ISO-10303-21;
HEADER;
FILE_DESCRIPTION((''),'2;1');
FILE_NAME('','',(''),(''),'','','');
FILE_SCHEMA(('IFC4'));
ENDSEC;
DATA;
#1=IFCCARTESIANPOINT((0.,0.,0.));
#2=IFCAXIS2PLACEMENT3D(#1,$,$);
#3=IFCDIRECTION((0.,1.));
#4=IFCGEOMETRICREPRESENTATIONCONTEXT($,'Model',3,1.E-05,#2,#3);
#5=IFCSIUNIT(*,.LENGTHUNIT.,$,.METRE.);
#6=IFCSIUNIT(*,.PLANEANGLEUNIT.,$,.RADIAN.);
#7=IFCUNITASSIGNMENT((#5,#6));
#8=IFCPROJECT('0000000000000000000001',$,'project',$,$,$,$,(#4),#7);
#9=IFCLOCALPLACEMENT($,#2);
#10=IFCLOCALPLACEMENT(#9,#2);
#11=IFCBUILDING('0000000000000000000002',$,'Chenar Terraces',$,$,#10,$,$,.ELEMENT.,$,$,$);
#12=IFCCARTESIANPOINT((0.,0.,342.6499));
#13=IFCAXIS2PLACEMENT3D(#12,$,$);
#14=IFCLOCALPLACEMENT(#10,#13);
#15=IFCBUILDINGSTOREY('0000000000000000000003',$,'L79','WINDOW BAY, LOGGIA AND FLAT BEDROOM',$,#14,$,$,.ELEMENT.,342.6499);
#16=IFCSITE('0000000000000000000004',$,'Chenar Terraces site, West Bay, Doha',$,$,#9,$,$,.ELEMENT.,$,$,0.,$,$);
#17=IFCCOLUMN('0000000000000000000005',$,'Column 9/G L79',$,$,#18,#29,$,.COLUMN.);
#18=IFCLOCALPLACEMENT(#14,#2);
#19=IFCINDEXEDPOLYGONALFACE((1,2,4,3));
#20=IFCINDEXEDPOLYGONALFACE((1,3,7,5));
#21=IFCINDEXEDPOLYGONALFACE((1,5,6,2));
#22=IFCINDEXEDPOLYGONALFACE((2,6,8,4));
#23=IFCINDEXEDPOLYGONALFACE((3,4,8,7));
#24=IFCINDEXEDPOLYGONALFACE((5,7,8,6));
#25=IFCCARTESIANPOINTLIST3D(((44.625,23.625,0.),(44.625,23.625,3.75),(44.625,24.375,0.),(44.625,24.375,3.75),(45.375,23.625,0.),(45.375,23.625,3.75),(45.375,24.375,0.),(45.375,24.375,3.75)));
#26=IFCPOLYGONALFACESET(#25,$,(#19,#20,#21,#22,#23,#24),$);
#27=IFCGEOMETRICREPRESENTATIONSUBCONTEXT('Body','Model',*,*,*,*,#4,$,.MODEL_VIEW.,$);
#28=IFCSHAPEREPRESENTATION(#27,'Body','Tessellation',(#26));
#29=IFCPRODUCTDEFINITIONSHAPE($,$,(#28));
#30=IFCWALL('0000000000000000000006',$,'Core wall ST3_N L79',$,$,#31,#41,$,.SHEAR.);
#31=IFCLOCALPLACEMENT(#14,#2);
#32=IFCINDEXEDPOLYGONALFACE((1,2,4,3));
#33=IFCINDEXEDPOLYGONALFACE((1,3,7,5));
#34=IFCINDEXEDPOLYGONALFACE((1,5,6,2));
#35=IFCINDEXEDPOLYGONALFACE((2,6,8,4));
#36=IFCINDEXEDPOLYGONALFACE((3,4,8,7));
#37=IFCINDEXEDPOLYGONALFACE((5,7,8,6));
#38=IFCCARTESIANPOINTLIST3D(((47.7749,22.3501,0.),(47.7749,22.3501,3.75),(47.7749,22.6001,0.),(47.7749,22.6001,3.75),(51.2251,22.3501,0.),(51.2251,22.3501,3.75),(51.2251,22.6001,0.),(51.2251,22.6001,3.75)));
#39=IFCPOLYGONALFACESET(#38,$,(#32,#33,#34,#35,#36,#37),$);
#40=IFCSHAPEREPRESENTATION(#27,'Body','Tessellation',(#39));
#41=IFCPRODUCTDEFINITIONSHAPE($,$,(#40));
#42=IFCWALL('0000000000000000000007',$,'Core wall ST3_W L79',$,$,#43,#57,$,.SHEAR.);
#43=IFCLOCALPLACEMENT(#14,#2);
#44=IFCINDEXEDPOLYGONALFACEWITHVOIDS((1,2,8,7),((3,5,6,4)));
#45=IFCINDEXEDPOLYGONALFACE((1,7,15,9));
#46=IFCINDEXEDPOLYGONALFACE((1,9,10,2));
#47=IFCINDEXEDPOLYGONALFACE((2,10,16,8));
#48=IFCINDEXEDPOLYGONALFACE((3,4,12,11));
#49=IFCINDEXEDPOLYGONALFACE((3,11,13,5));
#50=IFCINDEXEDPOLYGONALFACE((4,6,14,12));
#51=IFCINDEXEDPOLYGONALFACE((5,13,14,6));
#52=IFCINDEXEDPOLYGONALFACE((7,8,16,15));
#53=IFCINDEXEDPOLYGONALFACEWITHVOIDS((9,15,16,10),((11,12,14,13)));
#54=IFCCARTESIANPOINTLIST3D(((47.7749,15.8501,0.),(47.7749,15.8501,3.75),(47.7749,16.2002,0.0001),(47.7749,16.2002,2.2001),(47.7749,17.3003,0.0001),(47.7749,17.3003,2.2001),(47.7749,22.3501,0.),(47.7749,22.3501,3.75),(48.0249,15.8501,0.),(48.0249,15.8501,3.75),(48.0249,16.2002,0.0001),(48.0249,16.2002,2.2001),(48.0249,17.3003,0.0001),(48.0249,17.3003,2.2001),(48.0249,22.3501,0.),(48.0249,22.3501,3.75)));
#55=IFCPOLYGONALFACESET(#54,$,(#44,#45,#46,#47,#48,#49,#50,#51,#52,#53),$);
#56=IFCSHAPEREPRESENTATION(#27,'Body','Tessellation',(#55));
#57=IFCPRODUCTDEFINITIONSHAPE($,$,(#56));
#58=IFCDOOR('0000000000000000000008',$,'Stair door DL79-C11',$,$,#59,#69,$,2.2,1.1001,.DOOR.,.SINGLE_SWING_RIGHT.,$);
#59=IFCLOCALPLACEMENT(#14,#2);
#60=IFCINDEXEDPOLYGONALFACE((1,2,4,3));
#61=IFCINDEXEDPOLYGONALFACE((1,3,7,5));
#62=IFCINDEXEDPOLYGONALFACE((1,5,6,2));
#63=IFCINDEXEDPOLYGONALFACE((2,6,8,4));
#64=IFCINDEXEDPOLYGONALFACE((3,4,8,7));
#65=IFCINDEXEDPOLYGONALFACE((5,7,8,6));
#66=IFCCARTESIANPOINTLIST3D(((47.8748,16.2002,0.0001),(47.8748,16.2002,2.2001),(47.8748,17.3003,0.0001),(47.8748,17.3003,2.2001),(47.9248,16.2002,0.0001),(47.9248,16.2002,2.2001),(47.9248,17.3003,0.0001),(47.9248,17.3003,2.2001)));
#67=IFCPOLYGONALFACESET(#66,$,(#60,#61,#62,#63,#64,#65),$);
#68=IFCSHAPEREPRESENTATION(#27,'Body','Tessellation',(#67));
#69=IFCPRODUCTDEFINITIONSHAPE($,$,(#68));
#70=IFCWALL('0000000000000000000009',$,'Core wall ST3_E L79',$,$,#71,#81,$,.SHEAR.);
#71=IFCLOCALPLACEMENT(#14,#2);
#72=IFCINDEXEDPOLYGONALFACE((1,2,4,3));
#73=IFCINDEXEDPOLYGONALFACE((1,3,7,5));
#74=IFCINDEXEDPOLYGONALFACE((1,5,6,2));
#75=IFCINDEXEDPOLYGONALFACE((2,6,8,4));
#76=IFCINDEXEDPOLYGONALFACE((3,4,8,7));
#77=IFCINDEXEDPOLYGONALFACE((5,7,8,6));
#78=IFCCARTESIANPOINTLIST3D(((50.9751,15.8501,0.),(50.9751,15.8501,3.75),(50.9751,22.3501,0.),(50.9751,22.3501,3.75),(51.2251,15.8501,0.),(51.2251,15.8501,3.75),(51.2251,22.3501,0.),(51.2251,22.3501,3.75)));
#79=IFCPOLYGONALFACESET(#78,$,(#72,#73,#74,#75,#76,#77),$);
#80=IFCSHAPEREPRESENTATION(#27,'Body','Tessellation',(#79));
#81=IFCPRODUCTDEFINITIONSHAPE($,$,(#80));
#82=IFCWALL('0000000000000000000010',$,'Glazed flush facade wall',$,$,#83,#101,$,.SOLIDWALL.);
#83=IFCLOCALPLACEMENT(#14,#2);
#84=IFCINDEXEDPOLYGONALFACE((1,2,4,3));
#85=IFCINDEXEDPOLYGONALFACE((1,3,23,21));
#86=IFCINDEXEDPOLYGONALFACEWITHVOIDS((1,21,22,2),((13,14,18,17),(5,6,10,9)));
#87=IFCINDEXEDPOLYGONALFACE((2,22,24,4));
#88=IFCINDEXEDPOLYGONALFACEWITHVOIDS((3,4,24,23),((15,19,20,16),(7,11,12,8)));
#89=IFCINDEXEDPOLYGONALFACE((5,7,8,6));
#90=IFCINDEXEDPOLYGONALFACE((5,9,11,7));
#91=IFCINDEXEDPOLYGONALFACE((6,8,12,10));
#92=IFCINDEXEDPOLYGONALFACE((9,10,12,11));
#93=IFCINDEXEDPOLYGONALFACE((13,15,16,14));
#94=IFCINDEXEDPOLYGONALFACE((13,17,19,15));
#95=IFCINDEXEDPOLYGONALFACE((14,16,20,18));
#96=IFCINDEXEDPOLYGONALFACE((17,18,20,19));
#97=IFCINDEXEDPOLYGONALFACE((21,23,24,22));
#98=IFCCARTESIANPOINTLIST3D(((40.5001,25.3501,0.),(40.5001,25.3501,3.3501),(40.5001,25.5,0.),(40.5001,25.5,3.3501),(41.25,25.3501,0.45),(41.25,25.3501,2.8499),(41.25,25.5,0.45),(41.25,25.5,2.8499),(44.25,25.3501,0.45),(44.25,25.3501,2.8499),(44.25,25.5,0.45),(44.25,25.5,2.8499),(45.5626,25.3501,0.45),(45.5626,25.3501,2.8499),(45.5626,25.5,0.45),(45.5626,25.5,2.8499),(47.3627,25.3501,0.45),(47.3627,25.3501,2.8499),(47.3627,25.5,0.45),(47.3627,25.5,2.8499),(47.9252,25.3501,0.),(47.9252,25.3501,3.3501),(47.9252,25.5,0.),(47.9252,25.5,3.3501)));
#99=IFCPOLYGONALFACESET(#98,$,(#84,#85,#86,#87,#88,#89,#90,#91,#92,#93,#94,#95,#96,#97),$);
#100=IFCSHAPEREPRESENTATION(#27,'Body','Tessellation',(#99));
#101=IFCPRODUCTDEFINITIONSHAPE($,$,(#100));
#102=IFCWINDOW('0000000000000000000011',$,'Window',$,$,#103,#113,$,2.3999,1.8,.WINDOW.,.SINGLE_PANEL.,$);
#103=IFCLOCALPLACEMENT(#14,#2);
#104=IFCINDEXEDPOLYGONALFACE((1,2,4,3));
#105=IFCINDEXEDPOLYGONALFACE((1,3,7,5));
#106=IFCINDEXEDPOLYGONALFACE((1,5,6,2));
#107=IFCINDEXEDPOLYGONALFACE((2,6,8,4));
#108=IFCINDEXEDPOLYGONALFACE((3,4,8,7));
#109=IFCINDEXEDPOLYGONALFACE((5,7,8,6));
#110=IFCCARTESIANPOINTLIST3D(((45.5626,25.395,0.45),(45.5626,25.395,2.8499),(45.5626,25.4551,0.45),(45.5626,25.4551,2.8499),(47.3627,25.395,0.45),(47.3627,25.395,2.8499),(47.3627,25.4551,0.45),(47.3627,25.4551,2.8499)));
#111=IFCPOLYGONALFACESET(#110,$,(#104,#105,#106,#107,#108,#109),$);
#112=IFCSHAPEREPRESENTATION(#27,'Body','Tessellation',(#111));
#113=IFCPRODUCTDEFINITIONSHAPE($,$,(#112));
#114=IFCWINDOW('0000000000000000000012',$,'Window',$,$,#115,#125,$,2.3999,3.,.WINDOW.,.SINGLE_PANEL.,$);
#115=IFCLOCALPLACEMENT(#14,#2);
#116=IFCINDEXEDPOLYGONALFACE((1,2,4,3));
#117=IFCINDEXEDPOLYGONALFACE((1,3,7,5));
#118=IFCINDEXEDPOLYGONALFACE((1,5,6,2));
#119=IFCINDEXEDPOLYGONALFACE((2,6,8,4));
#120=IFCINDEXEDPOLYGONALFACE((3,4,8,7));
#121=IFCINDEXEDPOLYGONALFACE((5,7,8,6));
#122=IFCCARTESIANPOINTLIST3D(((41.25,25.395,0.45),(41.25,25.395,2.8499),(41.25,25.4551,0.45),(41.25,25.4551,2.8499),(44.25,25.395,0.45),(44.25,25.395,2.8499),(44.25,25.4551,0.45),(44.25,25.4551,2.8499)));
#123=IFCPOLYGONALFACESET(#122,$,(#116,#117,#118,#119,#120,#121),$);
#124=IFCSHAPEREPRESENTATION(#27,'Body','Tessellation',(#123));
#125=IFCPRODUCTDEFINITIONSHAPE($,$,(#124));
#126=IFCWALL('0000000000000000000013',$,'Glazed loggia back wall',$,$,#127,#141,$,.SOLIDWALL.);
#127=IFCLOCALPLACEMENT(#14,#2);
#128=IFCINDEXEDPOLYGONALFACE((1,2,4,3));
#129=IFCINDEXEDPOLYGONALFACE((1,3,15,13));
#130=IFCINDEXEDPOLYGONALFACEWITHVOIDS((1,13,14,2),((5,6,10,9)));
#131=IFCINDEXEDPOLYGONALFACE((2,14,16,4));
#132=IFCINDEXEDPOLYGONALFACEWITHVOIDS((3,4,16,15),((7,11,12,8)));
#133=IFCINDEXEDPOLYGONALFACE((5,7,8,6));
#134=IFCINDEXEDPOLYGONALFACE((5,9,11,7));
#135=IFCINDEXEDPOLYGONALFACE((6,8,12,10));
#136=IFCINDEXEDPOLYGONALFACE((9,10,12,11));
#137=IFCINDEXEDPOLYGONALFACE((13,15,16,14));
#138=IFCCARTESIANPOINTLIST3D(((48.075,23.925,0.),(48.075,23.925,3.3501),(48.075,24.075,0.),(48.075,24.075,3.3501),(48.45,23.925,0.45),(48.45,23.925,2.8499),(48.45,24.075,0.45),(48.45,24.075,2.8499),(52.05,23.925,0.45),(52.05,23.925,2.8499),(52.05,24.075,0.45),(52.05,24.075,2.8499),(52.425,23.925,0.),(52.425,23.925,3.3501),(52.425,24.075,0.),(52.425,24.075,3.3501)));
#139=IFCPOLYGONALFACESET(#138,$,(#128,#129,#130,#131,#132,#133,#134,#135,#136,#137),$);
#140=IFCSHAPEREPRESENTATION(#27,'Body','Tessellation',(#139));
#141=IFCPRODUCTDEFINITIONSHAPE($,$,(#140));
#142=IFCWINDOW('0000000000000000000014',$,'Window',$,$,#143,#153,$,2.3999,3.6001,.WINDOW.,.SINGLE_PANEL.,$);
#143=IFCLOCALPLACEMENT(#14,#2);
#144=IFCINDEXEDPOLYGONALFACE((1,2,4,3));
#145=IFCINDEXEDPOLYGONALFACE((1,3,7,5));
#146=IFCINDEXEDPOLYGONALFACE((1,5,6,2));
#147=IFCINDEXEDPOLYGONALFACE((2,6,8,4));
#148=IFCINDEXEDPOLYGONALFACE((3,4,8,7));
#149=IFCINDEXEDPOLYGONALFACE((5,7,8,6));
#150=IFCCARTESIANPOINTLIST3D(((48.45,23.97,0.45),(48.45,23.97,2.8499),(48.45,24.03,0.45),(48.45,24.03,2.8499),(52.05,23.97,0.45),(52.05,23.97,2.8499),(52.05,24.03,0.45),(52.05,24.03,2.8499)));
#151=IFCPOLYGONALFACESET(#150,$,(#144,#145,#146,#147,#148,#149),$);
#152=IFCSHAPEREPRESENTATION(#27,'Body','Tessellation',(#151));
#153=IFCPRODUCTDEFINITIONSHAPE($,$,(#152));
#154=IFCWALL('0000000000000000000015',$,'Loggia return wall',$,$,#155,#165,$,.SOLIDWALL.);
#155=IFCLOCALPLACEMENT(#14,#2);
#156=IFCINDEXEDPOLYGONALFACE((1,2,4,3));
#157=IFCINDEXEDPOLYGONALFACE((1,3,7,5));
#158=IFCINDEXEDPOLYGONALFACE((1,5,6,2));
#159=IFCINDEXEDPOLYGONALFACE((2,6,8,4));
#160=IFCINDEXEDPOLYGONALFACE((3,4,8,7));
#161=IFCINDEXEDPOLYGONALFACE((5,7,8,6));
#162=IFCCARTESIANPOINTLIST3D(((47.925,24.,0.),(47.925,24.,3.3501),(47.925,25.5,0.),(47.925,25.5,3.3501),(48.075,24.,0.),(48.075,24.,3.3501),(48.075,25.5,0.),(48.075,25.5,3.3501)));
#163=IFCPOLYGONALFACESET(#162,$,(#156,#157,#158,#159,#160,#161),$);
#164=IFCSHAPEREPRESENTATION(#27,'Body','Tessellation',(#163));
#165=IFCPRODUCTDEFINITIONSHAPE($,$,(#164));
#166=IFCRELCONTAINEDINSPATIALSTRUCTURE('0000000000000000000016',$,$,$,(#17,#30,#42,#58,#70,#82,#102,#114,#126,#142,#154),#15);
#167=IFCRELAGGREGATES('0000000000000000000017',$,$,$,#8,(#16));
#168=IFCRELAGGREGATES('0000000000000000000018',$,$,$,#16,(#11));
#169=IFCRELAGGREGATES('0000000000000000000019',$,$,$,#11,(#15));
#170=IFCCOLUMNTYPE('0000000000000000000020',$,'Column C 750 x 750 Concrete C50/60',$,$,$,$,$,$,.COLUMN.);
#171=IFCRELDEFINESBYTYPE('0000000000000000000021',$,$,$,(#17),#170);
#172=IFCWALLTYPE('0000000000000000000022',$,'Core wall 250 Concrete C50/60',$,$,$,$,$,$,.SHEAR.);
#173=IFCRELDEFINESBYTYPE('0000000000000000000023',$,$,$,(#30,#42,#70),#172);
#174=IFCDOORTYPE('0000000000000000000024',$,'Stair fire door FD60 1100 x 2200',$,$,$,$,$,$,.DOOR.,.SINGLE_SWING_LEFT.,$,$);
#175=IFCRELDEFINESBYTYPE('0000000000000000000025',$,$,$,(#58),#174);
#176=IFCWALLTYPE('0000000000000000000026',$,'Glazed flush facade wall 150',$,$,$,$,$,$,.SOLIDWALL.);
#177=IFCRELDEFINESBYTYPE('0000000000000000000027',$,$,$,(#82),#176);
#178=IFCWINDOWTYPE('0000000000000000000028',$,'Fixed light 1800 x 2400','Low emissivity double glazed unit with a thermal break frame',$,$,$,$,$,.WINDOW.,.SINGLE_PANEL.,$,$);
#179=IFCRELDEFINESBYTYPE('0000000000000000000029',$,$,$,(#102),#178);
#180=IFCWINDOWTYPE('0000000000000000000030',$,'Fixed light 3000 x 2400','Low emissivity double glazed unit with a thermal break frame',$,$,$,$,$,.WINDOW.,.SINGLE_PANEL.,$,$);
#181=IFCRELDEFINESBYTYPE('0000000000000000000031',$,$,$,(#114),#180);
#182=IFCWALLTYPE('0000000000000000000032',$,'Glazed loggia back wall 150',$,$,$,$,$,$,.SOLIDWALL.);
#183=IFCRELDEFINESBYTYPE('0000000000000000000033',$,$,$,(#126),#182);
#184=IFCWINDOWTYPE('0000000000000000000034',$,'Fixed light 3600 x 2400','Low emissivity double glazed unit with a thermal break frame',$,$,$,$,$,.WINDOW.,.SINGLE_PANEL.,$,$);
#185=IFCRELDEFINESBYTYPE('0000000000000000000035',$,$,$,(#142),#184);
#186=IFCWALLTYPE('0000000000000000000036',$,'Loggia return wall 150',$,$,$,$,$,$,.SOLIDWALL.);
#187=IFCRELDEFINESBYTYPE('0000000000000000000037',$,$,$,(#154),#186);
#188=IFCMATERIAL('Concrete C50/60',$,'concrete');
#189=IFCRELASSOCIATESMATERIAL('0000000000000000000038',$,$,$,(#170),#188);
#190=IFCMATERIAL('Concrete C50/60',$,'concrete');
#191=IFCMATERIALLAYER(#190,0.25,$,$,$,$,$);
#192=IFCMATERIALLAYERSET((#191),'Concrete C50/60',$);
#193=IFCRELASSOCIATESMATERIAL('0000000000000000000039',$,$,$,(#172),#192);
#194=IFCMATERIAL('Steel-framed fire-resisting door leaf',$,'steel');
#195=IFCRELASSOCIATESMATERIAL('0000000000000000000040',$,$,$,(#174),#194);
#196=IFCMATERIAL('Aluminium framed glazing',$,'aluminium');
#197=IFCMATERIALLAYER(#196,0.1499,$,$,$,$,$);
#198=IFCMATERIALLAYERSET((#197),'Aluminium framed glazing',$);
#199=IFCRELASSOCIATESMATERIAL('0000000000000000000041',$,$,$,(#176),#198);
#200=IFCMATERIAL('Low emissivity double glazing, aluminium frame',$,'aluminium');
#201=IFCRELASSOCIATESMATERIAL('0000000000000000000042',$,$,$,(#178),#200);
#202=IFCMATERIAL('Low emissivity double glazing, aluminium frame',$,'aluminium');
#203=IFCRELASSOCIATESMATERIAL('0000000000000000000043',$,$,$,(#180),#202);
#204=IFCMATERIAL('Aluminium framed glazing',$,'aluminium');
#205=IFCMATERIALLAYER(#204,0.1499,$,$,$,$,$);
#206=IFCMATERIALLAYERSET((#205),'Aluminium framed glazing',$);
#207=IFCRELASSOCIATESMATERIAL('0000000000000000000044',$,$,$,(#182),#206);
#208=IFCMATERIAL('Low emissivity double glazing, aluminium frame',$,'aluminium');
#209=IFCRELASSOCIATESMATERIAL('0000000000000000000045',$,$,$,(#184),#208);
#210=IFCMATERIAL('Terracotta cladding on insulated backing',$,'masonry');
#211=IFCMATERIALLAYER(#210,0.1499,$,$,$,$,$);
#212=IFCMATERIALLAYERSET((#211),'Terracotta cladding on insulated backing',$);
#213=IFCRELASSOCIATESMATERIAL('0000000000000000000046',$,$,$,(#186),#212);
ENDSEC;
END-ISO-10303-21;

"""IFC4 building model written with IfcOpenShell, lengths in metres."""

from ifc_helpers import new_model, si_unit, direction, frame, frame_2d, origin, origin_2d, place, context, subcontext, project, spatial, rectangle, extrude, material, layer, layer_set, material_profile, profile_set, type_object, element, fill, save


model = new_model("IFC4")

# Units and contexts
model_context = context("Model", 3, precision=1e-05, world=origin(), true_north=direction((0.0, 1.0)))
body_context = subcontext(model_context, "Body", "Model", "MODEL_VIEW")
ifc_project = project(units=[si_unit("LENGTHUNIT", "METRE"), si_unit("PLANEANGLEUNIT", "RADIAN")], contexts=[model_context])

# Site, building, storey
site_placement = place(None, origin())
site = spatial("IfcSite", under=ifc_project, at=site_placement, Name="Chenar Terraces site, West Bay, Doha", CompositionType="ELEMENT", RefElevation=0.0)
building_placement = place(site_placement, origin())
building = spatial("IfcBuilding", under=site, at=building_placement, Name="Chenar Terraces", CompositionType="ELEMENT")
storey_placement = place(building_placement, frame((0.0, 0.0, 342.6499)))
storey = spatial("IfcBuildingStorey", under=building, at=storey_placement, Name="L79", Description="WINDOW BAY, LOGGIA AND FLAT BEDROOM", CompositionType="ELEMENT", Elevation=342.6499)

# Column
ifc_material_1 = material(Name="Concrete C50/60", Category="concrete")
ifc_material_profile = material_profile(ifc_material_1, rectangle(XDim=0.75, YDim=0.75, at=origin_2d()), Name="C 750 x 750")
ifc_profile_set = profile_set([ifc_material_profile], Name="Concrete C50/60")
column_type = type_object("IfcColumnType", Name="Column C 750 x 750 Concrete C50/60", PredefinedType="COLUMN", material=ifc_profile_set)
column_placement = place(storey_placement, frame((45.0, 24.0, 0.0), z_axis=(0.0, 0.0, 1.0), x_axis=(1.0, 0.0, 0.0)))
element("IfcColumn", 1, at=column_placement, inside=storey, type_object=column_type, Name="Column 9/G L79", PredefinedType="COLUMN", context=body_context, shape_type="SweptSolid", body=[
    extrude(rectangle(XDim=0.75, YDim=0.75, at=origin_2d()), origin(), (0.0, 0.0, 1.0), 3.75),
])

# Wall
ifc_material_2 = material(Name="Concrete C50/60", Category="concrete")
ifc_layer_1 = layer(ifc_material_2, 0.25)
ifc_layer_set_1 = layer_set([ifc_layer_1], Name="Concrete C50/60")
wall_type_1 = type_object("IfcWallType", Name="Core wall 250 Concrete C50/60", PredefinedType="SHEAR", material=ifc_layer_set_1)
wall_1_placement = place(storey_placement, frame((47.7749, 22.4751, 0.0), z_axis=(0.0, 0.0, 1.0), x_axis=(1.0, 0.0, 0.0)))
element("IfcWall", 2, at=wall_1_placement, inside=storey, type_object=wall_type_1, Name="Core wall ST3_N L79", PredefinedType="SHEAR", context=body_context, shape_type="SweptSolid", body=[
    extrude(rectangle(XDim=3.4502, YDim=0.25, at=frame_2d((1.7251, 0.0))), origin(), (0.0, 0.0, 1.0), 3.75),
])

# Wall, opening, door
wall_2_placement = place(storey_placement, frame((47.8999, 15.8501, 0.0), z_axis=(0.0, 0.0, 1.0), x_axis=(0.0, 1.0, 0.0)))
wall_2 = element("IfcWall", 3, at=wall_2_placement, inside=storey, type_object=wall_type_1, Name="Core wall ST3_W L79", PredefinedType="SHEAR", context=body_context, shape_type="SweptSolid", body=[
    extrude(rectangle(XDim=6.5, YDim=0.25, at=frame_2d((3.25, 0.0))), origin(), (0.0, 0.0, 1.0), 3.75),
])
opening_1_placement = place(wall_2_placement, frame((0.3501, 0.0, 0.0)))
opening_1 = element("IfcOpeningElement", 4, at=opening_1_placement, cuts=wall_2, PredefinedType="OPENING", context=body_context, shape_type="SweptSolid", body=[
    extrude(rectangle(XDim=1.1001, YDim=2.2, at=frame_2d((0.55, 1.1001))), frame((0.0, 0.135, 0.0), z_axis=(0.0, -1.0, 0.0), x_axis=(1.0, 0.0, 0.0)), (0.0, 0.0, 1.0), 0.27),
])
ifc_material_3 = material(Name="Steel-framed fire-resisting door leaf", Category="steel")
door_type = type_object("IfcDoorType", Name="Stair fire door FD60 1100 x 2200", OperationType="SINGLE_SWING_LEFT", PredefinedType="DOOR", material=ifc_material_3)
door_placement = place(opening_1_placement, frame((1.1001, 0.0, 0.0), z_axis=(0.0, 0.0, 1.0), x_axis=(-1.0, 0.0, 0.0)))
door = element("IfcDoor", 5, at=door_placement, inside=storey, type_object=door_type, Name="Stair door DL79-C11", OperationType="SINGLE_SWING_RIGHT", OverallHeight=2.2, OverallWidth=1.1001, PredefinedType="DOOR", context=body_context, shape_type="SweptSolid", body=[
    extrude(rectangle(XDim=1.1001, YDim=2.2, at=frame_2d((0.55, 1.1001))), frame((0.0, 0.0249, 0.0), z_axis=(0.0, -1.0, 0.0), x_axis=(1.0, 0.0, 0.0)), (0.0, 0.0, 1.0), 0.05),
])
fill(opening_1, door)

# Wall
wall_3_placement = place(storey_placement, frame((51.1001, 15.8501, 0.0), z_axis=(0.0, 0.0, 1.0), x_axis=(0.0, 1.0, 0.0)))
element("IfcWall", 6, at=wall_3_placement, inside=storey, type_object=wall_type_1, Name="Core wall ST3_E L79", PredefinedType="SHEAR", context=body_context, shape_type="SweptSolid", body=[
    extrude(rectangle(XDim=6.5, YDim=0.25, at=frame_2d((3.25, 0.0))), origin(), (0.0, 0.0, 1.0), 3.75),
])

# Wall, openings, windows
ifc_material_4 = material(Name="Aluminium framed glazing", Category="aluminium")
ifc_layer_2 = layer(ifc_material_4, 0.1499)
ifc_layer_set_2 = layer_set([ifc_layer_2], Name="Aluminium framed glazing")
wall_type_2 = type_object("IfcWallType", Name="Glazed flush facade wall 150", PredefinedType="SOLIDWALL", material=ifc_layer_set_2)
wall_4_placement = place(storey_placement, frame((47.925, 25.425, 0.0), z_axis=(0.0, 0.0, 1.0), x_axis=(-1.0, 0.0, 0.0)))
wall_4 = element("IfcWall", 7, at=wall_4_placement, inside=storey, type_object=wall_type_2, Name="Glazed flush facade wall", PredefinedType="SOLIDWALL", context=body_context, shape_type="SweptSolid", body=[
    extrude(rectangle(XDim=7.425, YDim=0.1499, at=frame_2d((3.7124, 0.0))), origin(), (0.0, 0.0, 1.0), 3.3501),
])
opening_2_placement = place(wall_4_placement, frame((0.5625, 0.0, 0.45)))
opening_2 = element("IfcOpeningElement", 8, at=opening_2_placement, cuts=wall_4, PredefinedType="OPENING", context=body_context, shape_type="SweptSolid", body=[
    extrude(rectangle(XDim=1.8, YDim=2.3999, at=frame_2d((0.8999, 1.2))), frame((0.0, 0.085, 0.0), z_axis=(0.0, -1.0, 0.0), x_axis=(1.0, 0.0, 0.0)), (0.0, 0.0, 1.0), 0.1699),
])
opening_3_placement = place(wall_4_placement, frame((3.675, 0.0, 0.45)))
opening_3 = element("IfcOpeningElement", 9, at=opening_3_placement, cuts=wall_4, PredefinedType="OPENING", context=body_context, shape_type="SweptSolid", body=[
    extrude(rectangle(XDim=3.0, YDim=2.3999, at=frame_2d((1.5, 1.2))), frame((0.0, 0.085, 0.0), z_axis=(0.0, -1.0, 0.0), x_axis=(1.0, 0.0, 0.0)), (0.0, 0.0, 1.0), 0.1699),
])
ifc_material_5 = material(Name="Low emissivity double glazing, aluminium frame", Category="aluminium")
window_type_1 = type_object("IfcWindowType", Name="Fixed light 1800 x 2400", Description="Low emissivity double glazed unit with a thermal break frame", PartitioningType="SINGLE_PANEL", PredefinedType="WINDOW", material=ifc_material_5)
window_1_placement = place(opening_2_placement, origin())
window_1 = element("IfcWindow", 10, at=window_1_placement, inside=storey, type_object=window_type_1, Name="Window", OverallHeight=2.3999, OverallWidth=1.8, PartitioningType="SINGLE_PANEL", PredefinedType="WINDOW", context=body_context, shape_type="SweptSolid", body=[
    extrude(rectangle(XDim=1.8, YDim=2.3999, at=frame_2d((0.8999, 1.2))), frame((0.0, 0.03, 0.0), z_axis=(0.0, -1.0, 0.0), x_axis=(1.0, 0.0, 0.0)), (0.0, 0.0, 1.0), 0.0601),
])
fill(opening_2, window_1)
ifc_material_6 = material(Name="Low emissivity double glazing, aluminium frame", Category="aluminium")
window_type_2 = type_object("IfcWindowType", Name="Fixed light 3000 x 2400", Description="Low emissivity double glazed unit with a thermal break frame", PartitioningType="SINGLE_PANEL", PredefinedType="WINDOW", material=ifc_material_6)
window_2_placement = place(opening_3_placement, origin())
window_2 = element("IfcWindow", 11, at=window_2_placement, inside=storey, type_object=window_type_2, Name="Window", OverallHeight=2.3999, OverallWidth=3.0, PartitioningType="SINGLE_PANEL", PredefinedType="WINDOW", context=body_context, shape_type="SweptSolid", body=[
    extrude(rectangle(XDim=3.0, YDim=2.3999, at=frame_2d((1.5, 1.2))), frame((0.0, 0.03, 0.0), z_axis=(0.0, -1.0, 0.0), x_axis=(1.0, 0.0, 0.0)), (0.0, 0.0, 1.0), 0.0601),
])
fill(opening_3, window_2)

# Wall, opening, window
ifc_material_7 = material(Name="Aluminium framed glazing", Category="aluminium")
ifc_layer_3 = layer(ifc_material_7, 0.1499)
ifc_layer_set_3 = layer_set([ifc_layer_3], Name="Aluminium framed glazing")
wall_type_3 = type_object("IfcWallType", Name="Glazed loggia back wall 150", PredefinedType="SOLIDWALL", material=ifc_layer_set_3)
wall_5_placement = place(storey_placement, frame((52.425, 24.0, 0.0), z_axis=(0.0, 0.0, 1.0), x_axis=(-1.0, 0.0, 0.0)))
wall_5 = element("IfcWall", 12, at=wall_5_placement, inside=storey, type_object=wall_type_3, Name="Glazed loggia back wall", PredefinedType="SOLIDWALL", context=body_context, shape_type="SweptSolid", body=[
    extrude(rectangle(XDim=4.3501, YDim=0.1499, at=frame_2d((2.175, 0.0))), origin(), (0.0, 0.0, 1.0), 3.3501),
])
opening_4_placement = place(wall_5_placement, frame((0.375, 0.0, 0.45)))
opening_4 = element("IfcOpeningElement", 13, at=opening_4_placement, cuts=wall_5, PredefinedType="OPENING", context=body_context, shape_type="SweptSolid", body=[
    extrude(rectangle(XDim=3.6001, YDim=2.3999, at=frame_2d((1.8, 1.2))), frame((0.0, 0.085, 0.0), z_axis=(0.0, -1.0, 0.0), x_axis=(1.0, 0.0, 0.0)), (0.0, 0.0, 1.0), 0.1699),
])
ifc_material_8 = material(Name="Low emissivity double glazing, aluminium frame", Category="aluminium")
window_type_3 = type_object("IfcWindowType", Name="Fixed light 3600 x 2400", Description="Low emissivity double glazed unit with a thermal break frame", PartitioningType="SINGLE_PANEL", PredefinedType="WINDOW", material=ifc_material_8)
window_3_placement = place(opening_4_placement, origin())
window_3 = element("IfcWindow", 14, at=window_3_placement, inside=storey, type_object=window_type_3, Name="Window", OverallHeight=2.3999, OverallWidth=3.6001, PartitioningType="SINGLE_PANEL", PredefinedType="WINDOW", context=body_context, shape_type="SweptSolid", body=[
    extrude(rectangle(XDim=3.6001, YDim=2.3999, at=frame_2d((1.8, 1.2))), frame((0.0, 0.03, 0.0), z_axis=(0.0, -1.0, 0.0), x_axis=(1.0, 0.0, 0.0)), (0.0, 0.0, 1.0), 0.0601),
])
fill(opening_4, window_3)

# Wall
ifc_material_9 = material(Name="Terracotta cladding on insulated backing", Category="masonry")
ifc_layer_4 = layer(ifc_material_9, 0.1499)
ifc_layer_set_4 = layer_set([ifc_layer_4], Name="Terracotta cladding on insulated backing")
wall_type_4 = type_object("IfcWallType", Name="Loggia return wall 150", PredefinedType="SOLIDWALL", material=ifc_layer_set_4)
wall_6_placement = place(storey_placement, frame((48.0, 25.5, 0.0), z_axis=(0.0, 0.0, 1.0), x_axis=(0.0, -1.0, 0.0)))
element("IfcWall", 15, at=wall_6_placement, inside=storey, type_object=wall_type_4, Name="Loggia return wall", PredefinedType="SOLIDWALL", context=body_context, shape_type="SweptSolid", body=[
    extrude(rectangle(XDim=1.5, YDim=0.1499, at=frame_2d((0.75, 0.0))), origin(), (0.0, 0.0, 1.0), 3.3501),
])

save(model, "model.ifc")
